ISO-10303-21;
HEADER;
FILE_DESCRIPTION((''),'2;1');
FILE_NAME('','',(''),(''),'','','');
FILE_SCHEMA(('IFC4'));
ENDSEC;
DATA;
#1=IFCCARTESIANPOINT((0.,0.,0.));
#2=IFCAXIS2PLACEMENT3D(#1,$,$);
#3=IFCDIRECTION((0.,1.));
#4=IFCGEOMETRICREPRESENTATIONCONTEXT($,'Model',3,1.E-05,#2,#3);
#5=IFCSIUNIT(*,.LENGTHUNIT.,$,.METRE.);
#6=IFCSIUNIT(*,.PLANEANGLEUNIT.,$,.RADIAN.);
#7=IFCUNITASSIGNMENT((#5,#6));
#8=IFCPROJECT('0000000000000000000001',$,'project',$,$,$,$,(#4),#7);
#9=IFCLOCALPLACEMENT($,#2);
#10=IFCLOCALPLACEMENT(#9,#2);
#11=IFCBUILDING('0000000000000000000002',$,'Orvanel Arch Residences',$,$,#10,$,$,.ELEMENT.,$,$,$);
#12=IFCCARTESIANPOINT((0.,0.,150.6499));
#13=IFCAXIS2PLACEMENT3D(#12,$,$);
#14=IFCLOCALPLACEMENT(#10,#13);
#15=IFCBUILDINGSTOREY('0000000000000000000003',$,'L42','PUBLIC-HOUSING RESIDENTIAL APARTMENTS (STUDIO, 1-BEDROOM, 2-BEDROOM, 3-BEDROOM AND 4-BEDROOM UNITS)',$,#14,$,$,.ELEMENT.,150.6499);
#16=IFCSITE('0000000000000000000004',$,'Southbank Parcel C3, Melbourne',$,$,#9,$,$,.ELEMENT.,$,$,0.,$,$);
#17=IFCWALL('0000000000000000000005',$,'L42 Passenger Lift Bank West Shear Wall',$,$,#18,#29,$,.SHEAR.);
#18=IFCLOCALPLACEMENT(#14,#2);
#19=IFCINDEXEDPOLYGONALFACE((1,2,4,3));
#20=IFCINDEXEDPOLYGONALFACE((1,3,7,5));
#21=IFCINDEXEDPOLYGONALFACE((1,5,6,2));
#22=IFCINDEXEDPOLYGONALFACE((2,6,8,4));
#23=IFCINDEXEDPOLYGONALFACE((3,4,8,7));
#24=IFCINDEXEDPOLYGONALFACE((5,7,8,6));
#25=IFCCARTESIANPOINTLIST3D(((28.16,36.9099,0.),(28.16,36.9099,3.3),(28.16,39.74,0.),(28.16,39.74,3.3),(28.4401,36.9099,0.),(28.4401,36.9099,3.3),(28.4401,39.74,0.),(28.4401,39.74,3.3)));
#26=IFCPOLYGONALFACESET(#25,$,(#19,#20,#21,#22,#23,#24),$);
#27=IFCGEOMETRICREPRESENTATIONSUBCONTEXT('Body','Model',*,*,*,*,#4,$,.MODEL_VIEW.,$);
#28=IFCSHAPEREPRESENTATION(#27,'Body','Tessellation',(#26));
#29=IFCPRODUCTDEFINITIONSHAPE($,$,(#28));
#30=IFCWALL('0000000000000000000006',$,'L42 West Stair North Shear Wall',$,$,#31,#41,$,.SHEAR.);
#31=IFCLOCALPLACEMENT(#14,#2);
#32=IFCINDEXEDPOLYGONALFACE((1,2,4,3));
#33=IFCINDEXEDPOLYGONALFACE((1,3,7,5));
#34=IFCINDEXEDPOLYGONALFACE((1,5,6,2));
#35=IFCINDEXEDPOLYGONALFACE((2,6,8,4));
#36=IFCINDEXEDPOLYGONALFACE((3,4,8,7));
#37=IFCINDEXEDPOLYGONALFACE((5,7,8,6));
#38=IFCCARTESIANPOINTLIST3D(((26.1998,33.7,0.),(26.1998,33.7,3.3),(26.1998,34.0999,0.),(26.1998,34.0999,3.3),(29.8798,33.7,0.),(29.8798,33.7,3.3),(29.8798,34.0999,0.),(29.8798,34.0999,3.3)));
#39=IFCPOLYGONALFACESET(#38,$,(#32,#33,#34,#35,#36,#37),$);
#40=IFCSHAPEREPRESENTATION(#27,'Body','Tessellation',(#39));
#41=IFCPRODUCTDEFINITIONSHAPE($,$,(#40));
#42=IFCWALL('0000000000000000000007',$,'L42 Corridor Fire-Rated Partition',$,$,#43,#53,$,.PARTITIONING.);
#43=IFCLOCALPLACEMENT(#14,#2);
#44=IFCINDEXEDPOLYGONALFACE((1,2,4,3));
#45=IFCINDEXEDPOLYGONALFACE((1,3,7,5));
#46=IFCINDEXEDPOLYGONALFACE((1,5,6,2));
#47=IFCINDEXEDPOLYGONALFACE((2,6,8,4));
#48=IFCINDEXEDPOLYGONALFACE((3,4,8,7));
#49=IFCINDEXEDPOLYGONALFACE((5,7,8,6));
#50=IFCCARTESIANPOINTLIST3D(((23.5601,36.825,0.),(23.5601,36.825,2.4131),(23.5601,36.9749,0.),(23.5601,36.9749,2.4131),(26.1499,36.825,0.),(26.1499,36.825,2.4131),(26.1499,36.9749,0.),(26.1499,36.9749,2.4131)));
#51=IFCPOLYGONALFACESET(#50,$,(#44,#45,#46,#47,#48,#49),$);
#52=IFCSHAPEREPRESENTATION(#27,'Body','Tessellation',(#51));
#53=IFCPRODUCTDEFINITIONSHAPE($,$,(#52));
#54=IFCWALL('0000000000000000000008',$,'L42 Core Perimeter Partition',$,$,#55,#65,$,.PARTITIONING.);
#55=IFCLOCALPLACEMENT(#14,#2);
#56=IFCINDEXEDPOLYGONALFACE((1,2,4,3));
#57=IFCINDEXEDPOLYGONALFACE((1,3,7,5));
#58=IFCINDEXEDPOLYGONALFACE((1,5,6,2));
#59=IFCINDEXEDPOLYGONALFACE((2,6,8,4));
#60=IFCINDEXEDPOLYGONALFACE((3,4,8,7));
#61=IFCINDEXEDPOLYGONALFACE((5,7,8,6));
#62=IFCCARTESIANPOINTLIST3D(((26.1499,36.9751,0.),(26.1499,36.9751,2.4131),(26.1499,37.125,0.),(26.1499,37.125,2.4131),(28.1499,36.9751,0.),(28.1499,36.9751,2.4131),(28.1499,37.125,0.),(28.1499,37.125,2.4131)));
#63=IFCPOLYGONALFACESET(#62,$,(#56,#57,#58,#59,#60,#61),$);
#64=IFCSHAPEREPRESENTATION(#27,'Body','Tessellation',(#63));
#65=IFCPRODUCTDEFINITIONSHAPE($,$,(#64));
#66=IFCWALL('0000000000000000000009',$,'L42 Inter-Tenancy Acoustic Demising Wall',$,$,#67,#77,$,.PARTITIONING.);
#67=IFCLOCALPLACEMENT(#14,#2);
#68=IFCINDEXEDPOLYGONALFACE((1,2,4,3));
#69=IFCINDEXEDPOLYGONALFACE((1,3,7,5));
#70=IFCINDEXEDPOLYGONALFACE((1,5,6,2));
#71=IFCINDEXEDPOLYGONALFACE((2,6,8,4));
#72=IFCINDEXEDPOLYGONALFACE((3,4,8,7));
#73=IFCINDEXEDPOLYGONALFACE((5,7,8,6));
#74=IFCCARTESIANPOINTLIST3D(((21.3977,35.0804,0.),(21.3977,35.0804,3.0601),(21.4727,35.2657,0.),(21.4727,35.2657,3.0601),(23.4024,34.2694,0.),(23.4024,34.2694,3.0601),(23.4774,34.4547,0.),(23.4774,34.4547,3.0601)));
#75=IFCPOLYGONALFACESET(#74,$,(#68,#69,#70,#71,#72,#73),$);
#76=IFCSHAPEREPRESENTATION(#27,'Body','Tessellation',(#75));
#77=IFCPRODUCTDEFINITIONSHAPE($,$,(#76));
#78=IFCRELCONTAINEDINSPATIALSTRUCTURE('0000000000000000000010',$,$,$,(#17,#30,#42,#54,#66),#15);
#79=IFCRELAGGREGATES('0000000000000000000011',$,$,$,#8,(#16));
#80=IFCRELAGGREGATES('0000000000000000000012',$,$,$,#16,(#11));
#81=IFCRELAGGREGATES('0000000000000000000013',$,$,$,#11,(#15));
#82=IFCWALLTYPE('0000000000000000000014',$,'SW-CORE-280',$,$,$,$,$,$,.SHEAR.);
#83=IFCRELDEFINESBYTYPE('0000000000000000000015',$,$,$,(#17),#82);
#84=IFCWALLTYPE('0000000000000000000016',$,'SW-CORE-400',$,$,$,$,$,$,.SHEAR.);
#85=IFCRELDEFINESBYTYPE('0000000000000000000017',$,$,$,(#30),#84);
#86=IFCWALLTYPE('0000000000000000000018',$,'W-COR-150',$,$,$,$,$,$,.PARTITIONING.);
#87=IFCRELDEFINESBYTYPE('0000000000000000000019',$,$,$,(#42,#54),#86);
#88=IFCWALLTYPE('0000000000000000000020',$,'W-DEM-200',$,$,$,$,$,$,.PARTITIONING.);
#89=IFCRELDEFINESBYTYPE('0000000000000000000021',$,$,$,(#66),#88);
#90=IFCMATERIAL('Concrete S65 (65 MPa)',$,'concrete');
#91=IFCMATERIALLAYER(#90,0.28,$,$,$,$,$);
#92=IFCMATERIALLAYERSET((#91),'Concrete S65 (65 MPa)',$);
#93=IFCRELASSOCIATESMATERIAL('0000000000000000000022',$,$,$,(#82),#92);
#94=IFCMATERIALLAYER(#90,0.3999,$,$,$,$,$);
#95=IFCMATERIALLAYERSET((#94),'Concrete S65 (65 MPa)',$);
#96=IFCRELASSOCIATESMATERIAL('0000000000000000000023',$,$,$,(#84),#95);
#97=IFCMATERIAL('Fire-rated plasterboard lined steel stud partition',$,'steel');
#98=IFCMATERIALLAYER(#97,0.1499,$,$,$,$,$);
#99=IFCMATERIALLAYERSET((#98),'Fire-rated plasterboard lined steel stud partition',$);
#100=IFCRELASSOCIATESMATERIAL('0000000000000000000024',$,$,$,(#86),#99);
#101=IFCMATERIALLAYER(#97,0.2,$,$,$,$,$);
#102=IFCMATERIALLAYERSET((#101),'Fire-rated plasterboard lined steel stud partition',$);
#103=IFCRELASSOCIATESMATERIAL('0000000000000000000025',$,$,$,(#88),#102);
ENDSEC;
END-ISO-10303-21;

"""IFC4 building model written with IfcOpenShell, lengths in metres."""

from ifc_helpers import new_model, si_unit, direction, frame, frame_2d, origin, place, context, subcontext, project, spatial, rectangle, extrude, material, layer, layer_set, type_object, element, save


model = new_model("IFC4")

# Units and contexts
model_context = context("Model", 3, precision=1e-05, world=origin(), true_north=direction((0.0, 1.0)))
body_context = subcontext(model_context, "Body", "Model", "MODEL_VIEW")
ifc_project = project(units=[si_unit("LENGTHUNIT", "METRE"), si_unit("PLANEANGLEUNIT", "RADIAN")], contexts=[model_context])

# Site, building, storey
site_placement = place(None, origin())
site = spatial("IfcSite", under=ifc_project, at=site_placement, Name="Southbank Parcel C3, Melbourne", CompositionType="ELEMENT", RefElevation=0.0)
building_placement = place(site_placement, origin())
building = spatial("IfcBuilding", under=site, at=building_placement, Name="Orvanel Arch Residences", CompositionType="ELEMENT")
storey_placement = place(building_placement, frame((0.0, 0.0, 150.6499)))
storey = spatial("IfcBuildingStorey", under=building, at=storey_placement, Name="L42", Description="PUBLIC-HOUSING RESIDENTIAL APARTMENTS (STUDIO, 1-BEDROOM, 2-BEDROOM, 3-BEDROOM AND 4-BEDROOM UNITS)", CompositionType="ELEMENT", Elevation=150.6499)

# Shared definitions
ifc_material_1 = material(Name="Concrete S65 (65 MPa)", Category="concrete")

# Shared definitions
ifc_layer_1 = layer(ifc_material_1, 0.28)
ifc_layer_set_1 = layer_set([ifc_layer_1], Name="Concrete S65 (65 MPa)")
wall_type_1 = type_object("IfcWallType", Name="SW-CORE-280", PredefinedType="SHEAR", material=ifc_layer_set_1)

# Walls
wall_1_placement = place(storey_placement, frame((28.3, 36.9099, 0.0), z_axis=(0.0, 0.0, 1.0), x_axis=(0.0, 1.0, 0.0)))
element("IfcWall", 1, at=wall_1_placement, inside=storey, type_object=wall_type_1, Name="L42 Passenger Lift Bank West Shear Wall", PredefinedType="SHEAR", context=body_context, shape_type="SweptSolid", body=[
    extrude(rectangle(XDim=2.8301, YDim=0.28, at=frame_2d((1.415, 0.0))), origin(), (0.0, 0.0, 1.0), 3.3),
])
ifc_layer_2 = layer(ifc_material_1, 0.3999)
ifc_layer_set_2 = layer_set([ifc_layer_2], Name="Concrete S65 (65 MPa)")
wall_type_2 = type_object("IfcWallType", Name="SW-CORE-400", PredefinedType="SHEAR", material=ifc_layer_set_2)
wall_2_placement = place(storey_placement, frame((26.2, 33.8999, 0.0), z_axis=(0.0, 0.0, 1.0), x_axis=(1.0, 0.0, 0.0)))
element("IfcWall", 2, at=wall_2_placement, inside=storey, type_object=wall_type_2, Name="L42 West Stair North Shear Wall", PredefinedType="SHEAR", context=body_context, shape_type="SweptSolid", body=[
    extrude(rectangle(XDim=3.6799, YDim=0.3999, at=frame_2d((1.8398, 0.0))), origin(), (0.0, 0.0, 1.0), 3.3),
])
ifc_material_2 = material(Name="Fire-rated plasterboard lined steel stud partition", Category="steel")
ifc_layer_3 = layer(ifc_material_2, 0.1499)
ifc_layer_set_3 = layer_set([ifc_layer_3], Name="Fire-rated plasterboard lined steel stud partition")
wall_type_3 = type_object("IfcWallType", Name="W-COR-150", PredefinedType="PARTITIONING", material=ifc_layer_set_3)
wall_3_placement = place(storey_placement, frame((23.5601, 36.8999, 0.0), z_axis=(0.0, 0.0, 1.0), x_axis=(1.0, 0.0, 0.0)))
element("IfcWall", 3, at=wall_3_placement, inside=storey, type_object=wall_type_3, Name="L42 Corridor Fire-Rated Partition", PredefinedType="PARTITIONING", context=body_context, shape_type="SweptSolid", body=[
    extrude(rectangle(XDim=2.5898, YDim=0.1499, at=frame_2d((1.2949, 0.0))), origin(), (0.0, 0.0, 1.0), 2.4131),
])
wall_4_placement = place(storey_placement, frame((26.1499, 37.05, 0.0), z_axis=(0.0, 0.0, 1.0), x_axis=(1.0, 0.0, 0.0)))
element("IfcWall", 4, at=wall_4_placement, inside=storey, type_object=wall_type_3, Name="L42 Core Perimeter Partition", PredefinedType="PARTITIONING", context=body_context, shape_type="SweptSolid", body=[
    extrude(rectangle(XDim=2.0, YDim=0.1499, at=frame_2d((1.0, 0.0))), origin(), (0.0, 0.0, 1.0), 2.4131),
])
ifc_layer_4 = layer(ifc_material_2, 0.2)
ifc_layer_set_4 = layer_set([ifc_layer_4], Name="Fire-rated plasterboard lined steel stud partition")
wall_type_4 = type_object("IfcWallType", Name="W-DEM-200", PredefinedType="PARTITIONING", material=ifc_layer_set_4)
wall_5_placement = place(storey_placement, frame((23.4399, 34.3621, 0.0), z_axis=(0.0, 0.0, 1.0), x_axis=(-0.927022, 0.375008, 0.0)))
element("IfcWall", 5, at=wall_5_placement, inside=storey, type_object=wall_type_4, Name="L42 Inter-Tenancy Acoustic Demising Wall", PredefinedType="PARTITIONING", context=body_context, shape_type="SweptSolid", body=[
    extrude(rectangle(XDim=2.1626, YDim=0.2, at=frame_2d((1.0813, 0.0))), origin(), (0.0, 0.0, 1.0), 3.0601),
])

save(model, "model.ifc")
